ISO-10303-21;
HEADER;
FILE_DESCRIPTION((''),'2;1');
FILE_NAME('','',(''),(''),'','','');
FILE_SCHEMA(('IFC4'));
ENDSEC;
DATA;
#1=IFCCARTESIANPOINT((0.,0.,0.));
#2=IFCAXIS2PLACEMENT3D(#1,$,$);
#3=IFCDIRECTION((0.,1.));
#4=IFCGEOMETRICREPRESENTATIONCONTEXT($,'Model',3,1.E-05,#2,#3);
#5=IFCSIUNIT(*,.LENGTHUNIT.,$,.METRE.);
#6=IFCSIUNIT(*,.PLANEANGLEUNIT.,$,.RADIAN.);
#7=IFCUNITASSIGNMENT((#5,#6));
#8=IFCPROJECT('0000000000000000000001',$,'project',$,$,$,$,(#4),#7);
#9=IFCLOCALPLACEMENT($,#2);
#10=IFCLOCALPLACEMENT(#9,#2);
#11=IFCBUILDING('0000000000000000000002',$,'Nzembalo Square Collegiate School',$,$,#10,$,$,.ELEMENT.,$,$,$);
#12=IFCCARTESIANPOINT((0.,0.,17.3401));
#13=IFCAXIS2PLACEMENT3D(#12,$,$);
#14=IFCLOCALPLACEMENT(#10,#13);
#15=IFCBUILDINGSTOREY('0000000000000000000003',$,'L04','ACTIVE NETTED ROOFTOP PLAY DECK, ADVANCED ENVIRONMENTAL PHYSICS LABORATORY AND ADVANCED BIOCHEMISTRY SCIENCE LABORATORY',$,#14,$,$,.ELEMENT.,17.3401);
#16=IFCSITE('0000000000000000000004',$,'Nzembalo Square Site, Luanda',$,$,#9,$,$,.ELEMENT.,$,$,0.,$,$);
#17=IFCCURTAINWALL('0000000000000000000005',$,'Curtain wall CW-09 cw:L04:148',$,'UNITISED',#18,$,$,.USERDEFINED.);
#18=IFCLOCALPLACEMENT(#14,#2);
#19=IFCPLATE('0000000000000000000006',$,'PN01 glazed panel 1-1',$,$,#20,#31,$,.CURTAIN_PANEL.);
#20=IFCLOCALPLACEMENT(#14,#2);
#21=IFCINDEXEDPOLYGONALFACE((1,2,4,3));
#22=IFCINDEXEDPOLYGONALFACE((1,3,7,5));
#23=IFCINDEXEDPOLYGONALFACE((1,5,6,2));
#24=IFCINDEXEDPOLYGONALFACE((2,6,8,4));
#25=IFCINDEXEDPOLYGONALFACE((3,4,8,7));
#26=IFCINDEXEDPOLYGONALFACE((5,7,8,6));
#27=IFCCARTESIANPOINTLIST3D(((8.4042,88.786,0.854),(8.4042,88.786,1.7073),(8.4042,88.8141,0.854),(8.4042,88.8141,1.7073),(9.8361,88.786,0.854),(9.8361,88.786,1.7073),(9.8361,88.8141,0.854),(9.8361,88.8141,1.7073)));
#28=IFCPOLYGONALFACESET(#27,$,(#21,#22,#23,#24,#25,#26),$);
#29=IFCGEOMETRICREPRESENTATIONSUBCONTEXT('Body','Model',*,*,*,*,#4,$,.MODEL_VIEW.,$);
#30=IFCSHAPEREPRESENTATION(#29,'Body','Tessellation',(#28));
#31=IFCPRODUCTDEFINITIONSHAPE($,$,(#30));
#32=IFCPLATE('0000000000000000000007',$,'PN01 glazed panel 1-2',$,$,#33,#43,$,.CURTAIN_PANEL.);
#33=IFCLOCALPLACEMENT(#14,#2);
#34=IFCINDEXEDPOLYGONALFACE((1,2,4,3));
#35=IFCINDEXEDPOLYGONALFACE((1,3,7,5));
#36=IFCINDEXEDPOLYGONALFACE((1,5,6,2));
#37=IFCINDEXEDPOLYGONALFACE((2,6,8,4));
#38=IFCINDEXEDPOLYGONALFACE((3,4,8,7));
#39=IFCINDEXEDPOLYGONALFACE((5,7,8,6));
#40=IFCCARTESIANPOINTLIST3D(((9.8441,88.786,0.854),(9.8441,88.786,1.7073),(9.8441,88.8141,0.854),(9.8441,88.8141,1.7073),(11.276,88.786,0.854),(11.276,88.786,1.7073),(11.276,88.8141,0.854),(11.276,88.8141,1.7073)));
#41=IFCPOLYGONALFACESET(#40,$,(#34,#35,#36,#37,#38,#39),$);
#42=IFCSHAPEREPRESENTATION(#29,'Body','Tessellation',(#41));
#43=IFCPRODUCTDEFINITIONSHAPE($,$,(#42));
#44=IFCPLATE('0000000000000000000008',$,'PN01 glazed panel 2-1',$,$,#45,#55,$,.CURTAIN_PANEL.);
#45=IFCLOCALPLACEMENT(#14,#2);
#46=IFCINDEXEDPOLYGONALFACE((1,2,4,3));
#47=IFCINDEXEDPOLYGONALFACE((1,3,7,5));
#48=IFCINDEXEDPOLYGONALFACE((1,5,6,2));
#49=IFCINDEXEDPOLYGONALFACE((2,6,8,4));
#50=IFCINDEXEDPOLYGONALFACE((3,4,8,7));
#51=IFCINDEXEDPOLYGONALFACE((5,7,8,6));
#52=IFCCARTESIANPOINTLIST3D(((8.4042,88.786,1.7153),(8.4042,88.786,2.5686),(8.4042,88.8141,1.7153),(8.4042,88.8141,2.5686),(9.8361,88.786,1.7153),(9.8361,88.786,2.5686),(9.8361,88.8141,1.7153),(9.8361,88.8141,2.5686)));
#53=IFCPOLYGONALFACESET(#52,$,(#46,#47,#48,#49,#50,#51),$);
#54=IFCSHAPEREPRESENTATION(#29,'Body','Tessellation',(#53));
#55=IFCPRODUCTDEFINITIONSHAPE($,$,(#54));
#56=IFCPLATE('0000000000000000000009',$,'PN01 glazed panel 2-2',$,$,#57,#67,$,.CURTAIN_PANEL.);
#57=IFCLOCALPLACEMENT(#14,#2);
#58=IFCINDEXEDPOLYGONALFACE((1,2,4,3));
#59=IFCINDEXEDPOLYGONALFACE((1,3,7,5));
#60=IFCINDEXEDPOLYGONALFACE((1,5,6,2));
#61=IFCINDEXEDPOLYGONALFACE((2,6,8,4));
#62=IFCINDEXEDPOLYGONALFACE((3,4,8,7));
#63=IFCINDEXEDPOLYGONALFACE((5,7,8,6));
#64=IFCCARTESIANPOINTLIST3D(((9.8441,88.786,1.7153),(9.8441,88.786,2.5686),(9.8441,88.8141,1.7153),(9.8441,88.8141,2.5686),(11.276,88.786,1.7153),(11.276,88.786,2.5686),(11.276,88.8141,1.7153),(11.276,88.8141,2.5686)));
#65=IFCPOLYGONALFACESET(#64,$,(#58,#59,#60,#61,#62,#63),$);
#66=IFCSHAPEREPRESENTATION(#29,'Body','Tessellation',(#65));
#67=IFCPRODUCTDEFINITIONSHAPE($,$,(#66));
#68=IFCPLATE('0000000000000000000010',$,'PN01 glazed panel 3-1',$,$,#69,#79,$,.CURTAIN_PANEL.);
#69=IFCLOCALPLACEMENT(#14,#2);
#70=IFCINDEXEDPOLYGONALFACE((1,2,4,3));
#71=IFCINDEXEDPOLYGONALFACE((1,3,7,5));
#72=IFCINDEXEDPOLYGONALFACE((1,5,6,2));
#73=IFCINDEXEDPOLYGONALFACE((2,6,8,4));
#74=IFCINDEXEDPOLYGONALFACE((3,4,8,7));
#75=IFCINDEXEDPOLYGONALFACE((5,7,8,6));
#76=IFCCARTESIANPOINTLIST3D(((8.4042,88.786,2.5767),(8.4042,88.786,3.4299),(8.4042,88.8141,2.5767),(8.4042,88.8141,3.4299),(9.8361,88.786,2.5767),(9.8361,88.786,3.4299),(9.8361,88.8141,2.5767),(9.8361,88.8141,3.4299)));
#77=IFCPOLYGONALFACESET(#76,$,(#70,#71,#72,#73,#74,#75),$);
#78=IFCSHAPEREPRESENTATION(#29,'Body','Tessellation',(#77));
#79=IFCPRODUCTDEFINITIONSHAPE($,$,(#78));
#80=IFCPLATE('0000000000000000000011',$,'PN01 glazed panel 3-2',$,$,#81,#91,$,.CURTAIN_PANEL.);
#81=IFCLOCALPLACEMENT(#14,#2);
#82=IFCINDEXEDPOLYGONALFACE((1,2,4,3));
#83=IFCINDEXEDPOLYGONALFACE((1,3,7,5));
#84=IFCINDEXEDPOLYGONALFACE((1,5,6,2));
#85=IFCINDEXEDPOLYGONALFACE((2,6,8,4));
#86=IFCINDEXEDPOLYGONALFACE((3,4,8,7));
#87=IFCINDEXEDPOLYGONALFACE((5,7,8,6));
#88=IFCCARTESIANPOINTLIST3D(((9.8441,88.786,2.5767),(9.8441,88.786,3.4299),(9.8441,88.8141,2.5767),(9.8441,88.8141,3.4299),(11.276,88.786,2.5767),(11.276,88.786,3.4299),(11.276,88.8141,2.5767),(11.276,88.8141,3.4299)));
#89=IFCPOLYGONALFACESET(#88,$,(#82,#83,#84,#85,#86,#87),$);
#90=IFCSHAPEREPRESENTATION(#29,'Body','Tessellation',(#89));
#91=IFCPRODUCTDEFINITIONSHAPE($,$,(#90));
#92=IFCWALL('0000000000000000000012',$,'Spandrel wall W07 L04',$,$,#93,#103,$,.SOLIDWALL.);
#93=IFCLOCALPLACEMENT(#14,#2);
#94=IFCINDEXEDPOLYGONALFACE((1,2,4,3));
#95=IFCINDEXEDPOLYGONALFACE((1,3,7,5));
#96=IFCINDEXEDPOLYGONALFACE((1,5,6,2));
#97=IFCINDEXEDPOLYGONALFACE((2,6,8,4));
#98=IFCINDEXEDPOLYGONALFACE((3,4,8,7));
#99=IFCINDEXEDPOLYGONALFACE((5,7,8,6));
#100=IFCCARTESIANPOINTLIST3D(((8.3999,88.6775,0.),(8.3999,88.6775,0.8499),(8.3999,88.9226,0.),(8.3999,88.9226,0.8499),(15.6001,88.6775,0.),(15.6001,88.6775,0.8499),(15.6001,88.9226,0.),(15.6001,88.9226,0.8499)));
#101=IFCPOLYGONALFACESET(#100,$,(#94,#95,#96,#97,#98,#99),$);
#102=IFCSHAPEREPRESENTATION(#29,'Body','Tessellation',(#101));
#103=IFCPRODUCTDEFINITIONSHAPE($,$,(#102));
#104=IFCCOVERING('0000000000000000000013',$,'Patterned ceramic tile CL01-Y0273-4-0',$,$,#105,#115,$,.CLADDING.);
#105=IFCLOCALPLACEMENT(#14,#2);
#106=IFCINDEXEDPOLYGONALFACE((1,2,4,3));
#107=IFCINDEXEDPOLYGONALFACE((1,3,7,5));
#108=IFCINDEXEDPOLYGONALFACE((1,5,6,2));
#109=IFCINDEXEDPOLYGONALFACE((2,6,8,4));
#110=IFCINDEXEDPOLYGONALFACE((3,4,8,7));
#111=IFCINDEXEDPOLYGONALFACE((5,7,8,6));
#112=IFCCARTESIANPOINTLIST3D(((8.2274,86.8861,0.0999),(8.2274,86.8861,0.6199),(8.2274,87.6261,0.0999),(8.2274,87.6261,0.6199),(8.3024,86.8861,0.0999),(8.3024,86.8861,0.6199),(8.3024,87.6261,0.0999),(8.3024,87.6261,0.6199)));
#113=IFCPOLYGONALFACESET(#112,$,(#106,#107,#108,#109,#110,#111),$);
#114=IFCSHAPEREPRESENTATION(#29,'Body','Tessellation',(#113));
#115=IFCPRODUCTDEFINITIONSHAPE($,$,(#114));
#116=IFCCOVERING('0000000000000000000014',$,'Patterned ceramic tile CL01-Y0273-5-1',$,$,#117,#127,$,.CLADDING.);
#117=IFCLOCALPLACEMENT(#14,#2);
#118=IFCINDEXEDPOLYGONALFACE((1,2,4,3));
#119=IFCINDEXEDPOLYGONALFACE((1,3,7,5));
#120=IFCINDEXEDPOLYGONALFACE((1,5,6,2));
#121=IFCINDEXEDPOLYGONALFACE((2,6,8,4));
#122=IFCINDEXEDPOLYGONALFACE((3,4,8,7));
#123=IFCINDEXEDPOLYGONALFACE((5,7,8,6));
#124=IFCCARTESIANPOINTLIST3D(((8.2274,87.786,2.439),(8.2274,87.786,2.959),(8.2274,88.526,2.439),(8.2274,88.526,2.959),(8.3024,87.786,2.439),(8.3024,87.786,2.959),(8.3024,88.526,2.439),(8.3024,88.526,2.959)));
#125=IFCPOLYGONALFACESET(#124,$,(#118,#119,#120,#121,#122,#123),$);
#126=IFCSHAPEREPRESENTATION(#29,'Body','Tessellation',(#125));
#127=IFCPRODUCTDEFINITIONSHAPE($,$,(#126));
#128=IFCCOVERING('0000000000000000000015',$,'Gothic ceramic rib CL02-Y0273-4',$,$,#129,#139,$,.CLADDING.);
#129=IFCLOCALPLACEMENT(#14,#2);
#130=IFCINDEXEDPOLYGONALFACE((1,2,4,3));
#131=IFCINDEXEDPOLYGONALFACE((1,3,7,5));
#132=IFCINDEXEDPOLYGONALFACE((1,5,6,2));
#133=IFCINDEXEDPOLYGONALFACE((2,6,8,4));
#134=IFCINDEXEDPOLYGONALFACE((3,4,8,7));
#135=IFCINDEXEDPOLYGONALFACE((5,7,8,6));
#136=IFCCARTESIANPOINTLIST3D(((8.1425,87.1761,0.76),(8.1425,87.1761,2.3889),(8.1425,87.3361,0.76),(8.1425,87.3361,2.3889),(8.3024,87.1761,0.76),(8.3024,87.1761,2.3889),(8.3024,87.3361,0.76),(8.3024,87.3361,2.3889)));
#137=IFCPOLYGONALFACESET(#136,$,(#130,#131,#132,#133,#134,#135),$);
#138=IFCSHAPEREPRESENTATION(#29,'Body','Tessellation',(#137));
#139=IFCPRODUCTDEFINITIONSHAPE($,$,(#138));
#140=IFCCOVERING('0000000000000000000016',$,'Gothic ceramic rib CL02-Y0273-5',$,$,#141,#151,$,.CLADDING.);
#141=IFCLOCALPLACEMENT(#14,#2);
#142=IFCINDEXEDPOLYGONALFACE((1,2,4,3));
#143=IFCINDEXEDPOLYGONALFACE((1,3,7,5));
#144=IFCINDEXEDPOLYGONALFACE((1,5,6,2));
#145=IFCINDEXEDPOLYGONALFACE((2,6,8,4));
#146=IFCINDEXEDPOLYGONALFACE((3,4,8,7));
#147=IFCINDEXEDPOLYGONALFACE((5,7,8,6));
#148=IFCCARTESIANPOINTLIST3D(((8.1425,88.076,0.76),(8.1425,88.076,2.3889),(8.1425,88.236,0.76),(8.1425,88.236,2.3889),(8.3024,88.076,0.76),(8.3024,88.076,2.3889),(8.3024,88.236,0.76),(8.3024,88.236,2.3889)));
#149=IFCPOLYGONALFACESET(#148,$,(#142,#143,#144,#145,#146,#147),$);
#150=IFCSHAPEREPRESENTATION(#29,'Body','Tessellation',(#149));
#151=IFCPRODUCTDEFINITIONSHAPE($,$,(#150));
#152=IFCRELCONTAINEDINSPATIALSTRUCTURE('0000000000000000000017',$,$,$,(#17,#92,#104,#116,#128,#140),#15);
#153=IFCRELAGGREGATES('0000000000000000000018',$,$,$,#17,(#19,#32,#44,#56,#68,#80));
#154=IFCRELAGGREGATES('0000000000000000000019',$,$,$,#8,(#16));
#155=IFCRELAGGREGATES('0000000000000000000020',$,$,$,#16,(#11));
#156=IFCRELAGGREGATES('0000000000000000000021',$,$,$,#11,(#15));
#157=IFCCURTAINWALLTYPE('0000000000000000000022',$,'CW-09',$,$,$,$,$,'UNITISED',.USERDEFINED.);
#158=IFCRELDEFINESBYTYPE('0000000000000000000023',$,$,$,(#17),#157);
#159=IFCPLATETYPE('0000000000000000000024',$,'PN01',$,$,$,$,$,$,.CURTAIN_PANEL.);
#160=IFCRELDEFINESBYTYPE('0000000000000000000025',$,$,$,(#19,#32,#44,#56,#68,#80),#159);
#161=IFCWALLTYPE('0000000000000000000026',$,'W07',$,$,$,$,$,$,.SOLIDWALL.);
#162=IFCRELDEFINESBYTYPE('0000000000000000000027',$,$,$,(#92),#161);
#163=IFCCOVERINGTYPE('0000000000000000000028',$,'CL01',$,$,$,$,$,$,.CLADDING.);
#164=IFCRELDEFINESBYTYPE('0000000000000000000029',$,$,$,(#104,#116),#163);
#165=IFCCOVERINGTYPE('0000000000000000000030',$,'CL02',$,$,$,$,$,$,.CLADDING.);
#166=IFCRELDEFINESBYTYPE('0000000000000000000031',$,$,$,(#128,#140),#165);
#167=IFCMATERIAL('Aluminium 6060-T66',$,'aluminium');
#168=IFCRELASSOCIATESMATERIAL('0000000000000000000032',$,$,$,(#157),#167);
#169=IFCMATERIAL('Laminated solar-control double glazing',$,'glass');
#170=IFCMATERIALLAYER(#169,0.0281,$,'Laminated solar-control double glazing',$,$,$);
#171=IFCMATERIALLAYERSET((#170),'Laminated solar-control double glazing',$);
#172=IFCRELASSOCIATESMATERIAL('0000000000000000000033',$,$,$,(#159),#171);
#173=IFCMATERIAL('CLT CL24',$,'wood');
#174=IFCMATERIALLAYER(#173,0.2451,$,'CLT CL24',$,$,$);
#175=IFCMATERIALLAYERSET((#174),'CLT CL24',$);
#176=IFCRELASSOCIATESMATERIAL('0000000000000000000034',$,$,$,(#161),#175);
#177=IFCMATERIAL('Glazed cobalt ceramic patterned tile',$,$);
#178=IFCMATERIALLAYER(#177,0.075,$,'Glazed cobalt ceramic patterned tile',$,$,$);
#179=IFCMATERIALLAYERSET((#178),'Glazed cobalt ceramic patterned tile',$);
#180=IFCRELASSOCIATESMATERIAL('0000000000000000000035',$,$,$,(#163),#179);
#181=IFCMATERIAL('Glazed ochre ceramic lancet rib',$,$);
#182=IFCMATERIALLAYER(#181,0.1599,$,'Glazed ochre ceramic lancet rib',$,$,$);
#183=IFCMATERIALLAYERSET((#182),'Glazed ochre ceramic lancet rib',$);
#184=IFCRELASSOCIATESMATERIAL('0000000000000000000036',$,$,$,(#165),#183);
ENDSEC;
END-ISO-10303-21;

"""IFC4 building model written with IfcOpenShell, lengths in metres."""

from ifc_helpers import new_model, si_unit, direction, frame, frame_2d, origin, origin_2d, place, context, subcontext, project, spatial, rectangle, extrude, material, layer, layer_set, type_object, element, aggregate, save


model = new_model("IFC4")

# Units and contexts
model_context = context("Model", 3, precision=1e-05, world=origin(), true_north=direction((0.0, 1.0)))
body_context = subcontext(model_context, "Body", "Model", "MODEL_VIEW")
ifc_project = project(units=[si_unit("LENGTHUNIT", "METRE"), si_unit("PLANEANGLEUNIT", "RADIAN")], contexts=[model_context])

# Site, building, storey
site_placement = place(None, origin())
site = spatial("IfcSite", under=ifc_project, at=site_placement, Name="Nzembalo Square Site, Luanda", CompositionType="ELEMENT", RefElevation=0.0)
building_placement = place(site_placement, origin())
building = spatial("IfcBuilding", under=site, at=building_placement, Name="Nzembalo Square Collegiate School", CompositionType="ELEMENT")
storey_placement = place(building_placement, frame((0.0, 0.0, 17.3401)))
storey = spatial("IfcBuildingStorey", under=building, at=storey_placement, Name="L04", Description="ACTIVE NETTED ROOFTOP PLAY DECK, ADVANCED ENVIRONMENTAL PHYSICS LABORATORY AND ADVANCED BIOCHEMISTRY SCIENCE LABORATORY", CompositionType="ELEMENT", Elevation=17.3401)

# Curtain wall, plates
ifc_material_1 = material(Name="Aluminium 6060-T66", Category="aluminium")
curtain_wall_type = type_object("IfcCurtainWallType", Name="CW-09", ElementType="UNITISED", PredefinedType="USERDEFINED", material=ifc_material_1)
curtain_wall_placement = place(storey_placement, origin())
curtain_wall = element("IfcCurtainWall", 1, at=curtain_wall_placement, inside=storey, type_object=curtain_wall_type, Name="Curtain wall CW-09 cw:L04:148", ObjectType="UNITISED", PredefinedType="USERDEFINED")
ifc_material_2 = material(Name="Laminated solar-control double glazing", Category="glass")
ifc_layer_1 = layer(ifc_material_2, 0.0281, Name="Laminated solar-control double glazing")
ifc_layer_set_1 = layer_set([ifc_layer_1], Name="Laminated solar-control double glazing")
plate_type = type_object("IfcPlateType", Name="PN01", PredefinedType="CURTAIN_PANEL", material=ifc_layer_set_1)
plate_1_placement = place(storey_placement, frame((9.1201, 88.8, 0.854), z_axis=(0.0, 0.0, 1.0), x_axis=(1.0, 0.0, 0.0)))
plate_1 = element("IfcPlate", 2, at=plate_1_placement, type_object=plate_type, Name="PN01 glazed panel 1-1", PredefinedType="CURTAIN_PANEL", context=body_context, shape_type="SweptSolid", body=[
    extrude(rectangle(XDim=1.4319, YDim=0.0281, at=origin_2d()), origin(), (0.0, 0.0, 1.0), 0.8533),
])
plate_2_placement = place(storey_placement, frame((10.5601, 88.8, 0.854), z_axis=(0.0, 0.0, 1.0), x_axis=(1.0, 0.0, 0.0)))
plate_2 = element("IfcPlate", 3, at=plate_2_placement, type_object=plate_type, Name="PN01 glazed panel 1-2", PredefinedType="CURTAIN_PANEL", context=body_context, shape_type="SweptSolid", body=[
    extrude(rectangle(XDim=1.4319, YDim=0.0281, at=origin_2d()), origin(), (0.0, 0.0, 1.0), 0.8533),
])
plate_3_placement = place(storey_placement, frame((9.1201, 88.8, 1.7153), z_axis=(0.0, 0.0, 1.0), x_axis=(1.0, 0.0, 0.0)))
plate_3 = element("IfcPlate", 4, at=plate_3_placement, type_object=plate_type, Name="PN01 glazed panel 2-1", PredefinedType="CURTAIN_PANEL", context=body_context, shape_type="SweptSolid", body=[
    extrude(rectangle(XDim=1.4319, YDim=0.0281, at=origin_2d()), origin(), (0.0, 0.0, 1.0), 0.8533),
])
plate_4_placement = place(storey_placement, frame((10.5601, 88.8, 1.7153), z_axis=(0.0, 0.0, 1.0), x_axis=(1.0, 0.0, 0.0)))
plate_4 = element("IfcPlate", 5, at=plate_4_placement, type_object=plate_type, Name="PN01 glazed panel 2-2", PredefinedType="CURTAIN_PANEL", context=body_context, shape_type="SweptSolid", body=[
    extrude(rectangle(XDim=1.4319, YDim=0.0281, at=origin_2d()), origin(), (0.0, 0.0, 1.0), 0.8533),
])
plate_5_placement = place(storey_placement, frame((9.1201, 88.8, 2.5767), z_axis=(0.0, 0.0, 1.0), x_axis=(1.0, 0.0, 0.0)))
plate_5 = element("IfcPlate", 6, at=plate_5_placement, type_object=plate_type, Name="PN01 glazed panel 3-1", PredefinedType="CURTAIN_PANEL", context=body_context, shape_type="SweptSolid", body=[
    extrude(rectangle(XDim=1.4319, YDim=0.0281, at=origin_2d()), origin(), (0.0, 0.0, 1.0), 0.8533),
])
plate_6_placement = place(storey_placement, frame((10.5601, 88.8, 2.5767), z_axis=(0.0, 0.0, 1.0), x_axis=(1.0, 0.0, 0.0)))
plate_6 = element("IfcPlate", 7, at=plate_6_placement, type_object=plate_type, Name="PN01 glazed panel 3-2", PredefinedType="CURTAIN_PANEL", context=body_context, shape_type="SweptSolid", body=[
    extrude(rectangle(XDim=1.4319, YDim=0.0281, at=origin_2d()), origin(), (0.0, 0.0, 1.0), 0.8533),
])
aggregate(curtain_wall, [plate_1, plate_2, plate_3, plate_4, plate_5, plate_6])

# Wall
ifc_material_3 = material(Name="CLT CL24", Category="wood")
ifc_layer_2 = layer(ifc_material_3, 0.2451, Name="CLT CL24")
ifc_layer_set_2 = layer_set([ifc_layer_2], Name="CLT CL24")
wall_type = type_object("IfcWallType", Name="W07", PredefinedType="SOLIDWALL", material=ifc_layer_set_2)
wall_placement = place(storey_placement, frame((8.3999, 88.8, 0.0), z_axis=(0.0, 0.0, 1.0), x_axis=(1.0, 0.0, 0.0)))
element("IfcWall", 8, at=wall_placement, inside=storey, type_object=wall_type, Name="Spandrel wall W07 L04", PredefinedType="SOLIDWALL", context=body_context, shape_type="SweptSolid", body=[
    extrude(rectangle(XDim=7.2002, YDim=0.2451, at=frame_2d((3.6001, 0.0))), origin(), (0.0, 0.0, 1.0), 0.8499),
])

# Coverings
ifc_material_4 = material(Name="Glazed cobalt ceramic patterned tile")
ifc_layer_3 = layer(ifc_material_4, 0.075, Name="Glazed cobalt ceramic patterned tile")
ifc_layer_set_3 = layer_set([ifc_layer_3], Name="Glazed cobalt ceramic patterned tile")
covering_type_1 = type_object("IfcCoveringType", Name="CL01", PredefinedType="CLADDING", material=ifc_layer_set_3)
for number, where, z_axis, x_axis, name in (
    (9, (8.2649, 87.2561, 0.0999), (0.0, 0.0, 1.0), (1.0, 0.0, 0.0), "Patterned ceramic tile CL01-Y0273-4-0"),
    (10, (8.2649, 88.156, 2.439), (0.0, 0.0, 1.0), (1.0, 0.0, 0.0), "Patterned ceramic tile CL01-Y0273-5-1"),
):
    element("IfcCovering", number, at=place(storey_placement, frame(where, z_axis=z_axis, x_axis=x_axis)), inside=storey, type_object=covering_type_1, Name=name, PredefinedType="CLADDING", context=body_context, shape_type="SweptSolid", body=[
        extrude(rectangle(XDim=0.075, YDim=0.74, at=origin_2d()), origin(), (0.0, 0.0, 1.0), 0.52),
    ])
ifc_material_5 = material(Name="Glazed ochre ceramic lancet rib")
ifc_layer_4 = layer(ifc_material_5, 0.1599, Name="Glazed ochre ceramic lancet rib")
ifc_layer_set_4 = layer_set([ifc_layer_4], Name="Glazed ochre ceramic lancet rib")
covering_type_2 = type_object("IfcCoveringType", Name="CL02", PredefinedType="CLADDING", material=ifc_layer_set_4)
for number, where, z_axis, x_axis, name in (
    (11, (8.2224, 87.2561, 0.76), (0.0, 0.0, 1.0), (1.0, 0.0, 0.0), "Gothic ceramic rib CL02-Y0273-4"),
    (12, (8.2224, 88.156, 0.76), (0.0, 0.0, 1.0), (1.0, 0.0, 0.0), "Gothic ceramic rib CL02-Y0273-5"),
):
    element("IfcCovering", number, at=place(storey_placement, frame(where, z_axis=z_axis, x_axis=x_axis)), inside=storey, type_object=covering_type_2, Name=name, PredefinedType="CLADDING", context=body_context, shape_type="SweptSolid", body=[
        extrude(rectangle(XDim=0.1599, YDim=0.1599, at=origin_2d()), origin(), (0.0, 0.0, 1.0), 1.6289),
    ])

save(model, "model.ifc")
